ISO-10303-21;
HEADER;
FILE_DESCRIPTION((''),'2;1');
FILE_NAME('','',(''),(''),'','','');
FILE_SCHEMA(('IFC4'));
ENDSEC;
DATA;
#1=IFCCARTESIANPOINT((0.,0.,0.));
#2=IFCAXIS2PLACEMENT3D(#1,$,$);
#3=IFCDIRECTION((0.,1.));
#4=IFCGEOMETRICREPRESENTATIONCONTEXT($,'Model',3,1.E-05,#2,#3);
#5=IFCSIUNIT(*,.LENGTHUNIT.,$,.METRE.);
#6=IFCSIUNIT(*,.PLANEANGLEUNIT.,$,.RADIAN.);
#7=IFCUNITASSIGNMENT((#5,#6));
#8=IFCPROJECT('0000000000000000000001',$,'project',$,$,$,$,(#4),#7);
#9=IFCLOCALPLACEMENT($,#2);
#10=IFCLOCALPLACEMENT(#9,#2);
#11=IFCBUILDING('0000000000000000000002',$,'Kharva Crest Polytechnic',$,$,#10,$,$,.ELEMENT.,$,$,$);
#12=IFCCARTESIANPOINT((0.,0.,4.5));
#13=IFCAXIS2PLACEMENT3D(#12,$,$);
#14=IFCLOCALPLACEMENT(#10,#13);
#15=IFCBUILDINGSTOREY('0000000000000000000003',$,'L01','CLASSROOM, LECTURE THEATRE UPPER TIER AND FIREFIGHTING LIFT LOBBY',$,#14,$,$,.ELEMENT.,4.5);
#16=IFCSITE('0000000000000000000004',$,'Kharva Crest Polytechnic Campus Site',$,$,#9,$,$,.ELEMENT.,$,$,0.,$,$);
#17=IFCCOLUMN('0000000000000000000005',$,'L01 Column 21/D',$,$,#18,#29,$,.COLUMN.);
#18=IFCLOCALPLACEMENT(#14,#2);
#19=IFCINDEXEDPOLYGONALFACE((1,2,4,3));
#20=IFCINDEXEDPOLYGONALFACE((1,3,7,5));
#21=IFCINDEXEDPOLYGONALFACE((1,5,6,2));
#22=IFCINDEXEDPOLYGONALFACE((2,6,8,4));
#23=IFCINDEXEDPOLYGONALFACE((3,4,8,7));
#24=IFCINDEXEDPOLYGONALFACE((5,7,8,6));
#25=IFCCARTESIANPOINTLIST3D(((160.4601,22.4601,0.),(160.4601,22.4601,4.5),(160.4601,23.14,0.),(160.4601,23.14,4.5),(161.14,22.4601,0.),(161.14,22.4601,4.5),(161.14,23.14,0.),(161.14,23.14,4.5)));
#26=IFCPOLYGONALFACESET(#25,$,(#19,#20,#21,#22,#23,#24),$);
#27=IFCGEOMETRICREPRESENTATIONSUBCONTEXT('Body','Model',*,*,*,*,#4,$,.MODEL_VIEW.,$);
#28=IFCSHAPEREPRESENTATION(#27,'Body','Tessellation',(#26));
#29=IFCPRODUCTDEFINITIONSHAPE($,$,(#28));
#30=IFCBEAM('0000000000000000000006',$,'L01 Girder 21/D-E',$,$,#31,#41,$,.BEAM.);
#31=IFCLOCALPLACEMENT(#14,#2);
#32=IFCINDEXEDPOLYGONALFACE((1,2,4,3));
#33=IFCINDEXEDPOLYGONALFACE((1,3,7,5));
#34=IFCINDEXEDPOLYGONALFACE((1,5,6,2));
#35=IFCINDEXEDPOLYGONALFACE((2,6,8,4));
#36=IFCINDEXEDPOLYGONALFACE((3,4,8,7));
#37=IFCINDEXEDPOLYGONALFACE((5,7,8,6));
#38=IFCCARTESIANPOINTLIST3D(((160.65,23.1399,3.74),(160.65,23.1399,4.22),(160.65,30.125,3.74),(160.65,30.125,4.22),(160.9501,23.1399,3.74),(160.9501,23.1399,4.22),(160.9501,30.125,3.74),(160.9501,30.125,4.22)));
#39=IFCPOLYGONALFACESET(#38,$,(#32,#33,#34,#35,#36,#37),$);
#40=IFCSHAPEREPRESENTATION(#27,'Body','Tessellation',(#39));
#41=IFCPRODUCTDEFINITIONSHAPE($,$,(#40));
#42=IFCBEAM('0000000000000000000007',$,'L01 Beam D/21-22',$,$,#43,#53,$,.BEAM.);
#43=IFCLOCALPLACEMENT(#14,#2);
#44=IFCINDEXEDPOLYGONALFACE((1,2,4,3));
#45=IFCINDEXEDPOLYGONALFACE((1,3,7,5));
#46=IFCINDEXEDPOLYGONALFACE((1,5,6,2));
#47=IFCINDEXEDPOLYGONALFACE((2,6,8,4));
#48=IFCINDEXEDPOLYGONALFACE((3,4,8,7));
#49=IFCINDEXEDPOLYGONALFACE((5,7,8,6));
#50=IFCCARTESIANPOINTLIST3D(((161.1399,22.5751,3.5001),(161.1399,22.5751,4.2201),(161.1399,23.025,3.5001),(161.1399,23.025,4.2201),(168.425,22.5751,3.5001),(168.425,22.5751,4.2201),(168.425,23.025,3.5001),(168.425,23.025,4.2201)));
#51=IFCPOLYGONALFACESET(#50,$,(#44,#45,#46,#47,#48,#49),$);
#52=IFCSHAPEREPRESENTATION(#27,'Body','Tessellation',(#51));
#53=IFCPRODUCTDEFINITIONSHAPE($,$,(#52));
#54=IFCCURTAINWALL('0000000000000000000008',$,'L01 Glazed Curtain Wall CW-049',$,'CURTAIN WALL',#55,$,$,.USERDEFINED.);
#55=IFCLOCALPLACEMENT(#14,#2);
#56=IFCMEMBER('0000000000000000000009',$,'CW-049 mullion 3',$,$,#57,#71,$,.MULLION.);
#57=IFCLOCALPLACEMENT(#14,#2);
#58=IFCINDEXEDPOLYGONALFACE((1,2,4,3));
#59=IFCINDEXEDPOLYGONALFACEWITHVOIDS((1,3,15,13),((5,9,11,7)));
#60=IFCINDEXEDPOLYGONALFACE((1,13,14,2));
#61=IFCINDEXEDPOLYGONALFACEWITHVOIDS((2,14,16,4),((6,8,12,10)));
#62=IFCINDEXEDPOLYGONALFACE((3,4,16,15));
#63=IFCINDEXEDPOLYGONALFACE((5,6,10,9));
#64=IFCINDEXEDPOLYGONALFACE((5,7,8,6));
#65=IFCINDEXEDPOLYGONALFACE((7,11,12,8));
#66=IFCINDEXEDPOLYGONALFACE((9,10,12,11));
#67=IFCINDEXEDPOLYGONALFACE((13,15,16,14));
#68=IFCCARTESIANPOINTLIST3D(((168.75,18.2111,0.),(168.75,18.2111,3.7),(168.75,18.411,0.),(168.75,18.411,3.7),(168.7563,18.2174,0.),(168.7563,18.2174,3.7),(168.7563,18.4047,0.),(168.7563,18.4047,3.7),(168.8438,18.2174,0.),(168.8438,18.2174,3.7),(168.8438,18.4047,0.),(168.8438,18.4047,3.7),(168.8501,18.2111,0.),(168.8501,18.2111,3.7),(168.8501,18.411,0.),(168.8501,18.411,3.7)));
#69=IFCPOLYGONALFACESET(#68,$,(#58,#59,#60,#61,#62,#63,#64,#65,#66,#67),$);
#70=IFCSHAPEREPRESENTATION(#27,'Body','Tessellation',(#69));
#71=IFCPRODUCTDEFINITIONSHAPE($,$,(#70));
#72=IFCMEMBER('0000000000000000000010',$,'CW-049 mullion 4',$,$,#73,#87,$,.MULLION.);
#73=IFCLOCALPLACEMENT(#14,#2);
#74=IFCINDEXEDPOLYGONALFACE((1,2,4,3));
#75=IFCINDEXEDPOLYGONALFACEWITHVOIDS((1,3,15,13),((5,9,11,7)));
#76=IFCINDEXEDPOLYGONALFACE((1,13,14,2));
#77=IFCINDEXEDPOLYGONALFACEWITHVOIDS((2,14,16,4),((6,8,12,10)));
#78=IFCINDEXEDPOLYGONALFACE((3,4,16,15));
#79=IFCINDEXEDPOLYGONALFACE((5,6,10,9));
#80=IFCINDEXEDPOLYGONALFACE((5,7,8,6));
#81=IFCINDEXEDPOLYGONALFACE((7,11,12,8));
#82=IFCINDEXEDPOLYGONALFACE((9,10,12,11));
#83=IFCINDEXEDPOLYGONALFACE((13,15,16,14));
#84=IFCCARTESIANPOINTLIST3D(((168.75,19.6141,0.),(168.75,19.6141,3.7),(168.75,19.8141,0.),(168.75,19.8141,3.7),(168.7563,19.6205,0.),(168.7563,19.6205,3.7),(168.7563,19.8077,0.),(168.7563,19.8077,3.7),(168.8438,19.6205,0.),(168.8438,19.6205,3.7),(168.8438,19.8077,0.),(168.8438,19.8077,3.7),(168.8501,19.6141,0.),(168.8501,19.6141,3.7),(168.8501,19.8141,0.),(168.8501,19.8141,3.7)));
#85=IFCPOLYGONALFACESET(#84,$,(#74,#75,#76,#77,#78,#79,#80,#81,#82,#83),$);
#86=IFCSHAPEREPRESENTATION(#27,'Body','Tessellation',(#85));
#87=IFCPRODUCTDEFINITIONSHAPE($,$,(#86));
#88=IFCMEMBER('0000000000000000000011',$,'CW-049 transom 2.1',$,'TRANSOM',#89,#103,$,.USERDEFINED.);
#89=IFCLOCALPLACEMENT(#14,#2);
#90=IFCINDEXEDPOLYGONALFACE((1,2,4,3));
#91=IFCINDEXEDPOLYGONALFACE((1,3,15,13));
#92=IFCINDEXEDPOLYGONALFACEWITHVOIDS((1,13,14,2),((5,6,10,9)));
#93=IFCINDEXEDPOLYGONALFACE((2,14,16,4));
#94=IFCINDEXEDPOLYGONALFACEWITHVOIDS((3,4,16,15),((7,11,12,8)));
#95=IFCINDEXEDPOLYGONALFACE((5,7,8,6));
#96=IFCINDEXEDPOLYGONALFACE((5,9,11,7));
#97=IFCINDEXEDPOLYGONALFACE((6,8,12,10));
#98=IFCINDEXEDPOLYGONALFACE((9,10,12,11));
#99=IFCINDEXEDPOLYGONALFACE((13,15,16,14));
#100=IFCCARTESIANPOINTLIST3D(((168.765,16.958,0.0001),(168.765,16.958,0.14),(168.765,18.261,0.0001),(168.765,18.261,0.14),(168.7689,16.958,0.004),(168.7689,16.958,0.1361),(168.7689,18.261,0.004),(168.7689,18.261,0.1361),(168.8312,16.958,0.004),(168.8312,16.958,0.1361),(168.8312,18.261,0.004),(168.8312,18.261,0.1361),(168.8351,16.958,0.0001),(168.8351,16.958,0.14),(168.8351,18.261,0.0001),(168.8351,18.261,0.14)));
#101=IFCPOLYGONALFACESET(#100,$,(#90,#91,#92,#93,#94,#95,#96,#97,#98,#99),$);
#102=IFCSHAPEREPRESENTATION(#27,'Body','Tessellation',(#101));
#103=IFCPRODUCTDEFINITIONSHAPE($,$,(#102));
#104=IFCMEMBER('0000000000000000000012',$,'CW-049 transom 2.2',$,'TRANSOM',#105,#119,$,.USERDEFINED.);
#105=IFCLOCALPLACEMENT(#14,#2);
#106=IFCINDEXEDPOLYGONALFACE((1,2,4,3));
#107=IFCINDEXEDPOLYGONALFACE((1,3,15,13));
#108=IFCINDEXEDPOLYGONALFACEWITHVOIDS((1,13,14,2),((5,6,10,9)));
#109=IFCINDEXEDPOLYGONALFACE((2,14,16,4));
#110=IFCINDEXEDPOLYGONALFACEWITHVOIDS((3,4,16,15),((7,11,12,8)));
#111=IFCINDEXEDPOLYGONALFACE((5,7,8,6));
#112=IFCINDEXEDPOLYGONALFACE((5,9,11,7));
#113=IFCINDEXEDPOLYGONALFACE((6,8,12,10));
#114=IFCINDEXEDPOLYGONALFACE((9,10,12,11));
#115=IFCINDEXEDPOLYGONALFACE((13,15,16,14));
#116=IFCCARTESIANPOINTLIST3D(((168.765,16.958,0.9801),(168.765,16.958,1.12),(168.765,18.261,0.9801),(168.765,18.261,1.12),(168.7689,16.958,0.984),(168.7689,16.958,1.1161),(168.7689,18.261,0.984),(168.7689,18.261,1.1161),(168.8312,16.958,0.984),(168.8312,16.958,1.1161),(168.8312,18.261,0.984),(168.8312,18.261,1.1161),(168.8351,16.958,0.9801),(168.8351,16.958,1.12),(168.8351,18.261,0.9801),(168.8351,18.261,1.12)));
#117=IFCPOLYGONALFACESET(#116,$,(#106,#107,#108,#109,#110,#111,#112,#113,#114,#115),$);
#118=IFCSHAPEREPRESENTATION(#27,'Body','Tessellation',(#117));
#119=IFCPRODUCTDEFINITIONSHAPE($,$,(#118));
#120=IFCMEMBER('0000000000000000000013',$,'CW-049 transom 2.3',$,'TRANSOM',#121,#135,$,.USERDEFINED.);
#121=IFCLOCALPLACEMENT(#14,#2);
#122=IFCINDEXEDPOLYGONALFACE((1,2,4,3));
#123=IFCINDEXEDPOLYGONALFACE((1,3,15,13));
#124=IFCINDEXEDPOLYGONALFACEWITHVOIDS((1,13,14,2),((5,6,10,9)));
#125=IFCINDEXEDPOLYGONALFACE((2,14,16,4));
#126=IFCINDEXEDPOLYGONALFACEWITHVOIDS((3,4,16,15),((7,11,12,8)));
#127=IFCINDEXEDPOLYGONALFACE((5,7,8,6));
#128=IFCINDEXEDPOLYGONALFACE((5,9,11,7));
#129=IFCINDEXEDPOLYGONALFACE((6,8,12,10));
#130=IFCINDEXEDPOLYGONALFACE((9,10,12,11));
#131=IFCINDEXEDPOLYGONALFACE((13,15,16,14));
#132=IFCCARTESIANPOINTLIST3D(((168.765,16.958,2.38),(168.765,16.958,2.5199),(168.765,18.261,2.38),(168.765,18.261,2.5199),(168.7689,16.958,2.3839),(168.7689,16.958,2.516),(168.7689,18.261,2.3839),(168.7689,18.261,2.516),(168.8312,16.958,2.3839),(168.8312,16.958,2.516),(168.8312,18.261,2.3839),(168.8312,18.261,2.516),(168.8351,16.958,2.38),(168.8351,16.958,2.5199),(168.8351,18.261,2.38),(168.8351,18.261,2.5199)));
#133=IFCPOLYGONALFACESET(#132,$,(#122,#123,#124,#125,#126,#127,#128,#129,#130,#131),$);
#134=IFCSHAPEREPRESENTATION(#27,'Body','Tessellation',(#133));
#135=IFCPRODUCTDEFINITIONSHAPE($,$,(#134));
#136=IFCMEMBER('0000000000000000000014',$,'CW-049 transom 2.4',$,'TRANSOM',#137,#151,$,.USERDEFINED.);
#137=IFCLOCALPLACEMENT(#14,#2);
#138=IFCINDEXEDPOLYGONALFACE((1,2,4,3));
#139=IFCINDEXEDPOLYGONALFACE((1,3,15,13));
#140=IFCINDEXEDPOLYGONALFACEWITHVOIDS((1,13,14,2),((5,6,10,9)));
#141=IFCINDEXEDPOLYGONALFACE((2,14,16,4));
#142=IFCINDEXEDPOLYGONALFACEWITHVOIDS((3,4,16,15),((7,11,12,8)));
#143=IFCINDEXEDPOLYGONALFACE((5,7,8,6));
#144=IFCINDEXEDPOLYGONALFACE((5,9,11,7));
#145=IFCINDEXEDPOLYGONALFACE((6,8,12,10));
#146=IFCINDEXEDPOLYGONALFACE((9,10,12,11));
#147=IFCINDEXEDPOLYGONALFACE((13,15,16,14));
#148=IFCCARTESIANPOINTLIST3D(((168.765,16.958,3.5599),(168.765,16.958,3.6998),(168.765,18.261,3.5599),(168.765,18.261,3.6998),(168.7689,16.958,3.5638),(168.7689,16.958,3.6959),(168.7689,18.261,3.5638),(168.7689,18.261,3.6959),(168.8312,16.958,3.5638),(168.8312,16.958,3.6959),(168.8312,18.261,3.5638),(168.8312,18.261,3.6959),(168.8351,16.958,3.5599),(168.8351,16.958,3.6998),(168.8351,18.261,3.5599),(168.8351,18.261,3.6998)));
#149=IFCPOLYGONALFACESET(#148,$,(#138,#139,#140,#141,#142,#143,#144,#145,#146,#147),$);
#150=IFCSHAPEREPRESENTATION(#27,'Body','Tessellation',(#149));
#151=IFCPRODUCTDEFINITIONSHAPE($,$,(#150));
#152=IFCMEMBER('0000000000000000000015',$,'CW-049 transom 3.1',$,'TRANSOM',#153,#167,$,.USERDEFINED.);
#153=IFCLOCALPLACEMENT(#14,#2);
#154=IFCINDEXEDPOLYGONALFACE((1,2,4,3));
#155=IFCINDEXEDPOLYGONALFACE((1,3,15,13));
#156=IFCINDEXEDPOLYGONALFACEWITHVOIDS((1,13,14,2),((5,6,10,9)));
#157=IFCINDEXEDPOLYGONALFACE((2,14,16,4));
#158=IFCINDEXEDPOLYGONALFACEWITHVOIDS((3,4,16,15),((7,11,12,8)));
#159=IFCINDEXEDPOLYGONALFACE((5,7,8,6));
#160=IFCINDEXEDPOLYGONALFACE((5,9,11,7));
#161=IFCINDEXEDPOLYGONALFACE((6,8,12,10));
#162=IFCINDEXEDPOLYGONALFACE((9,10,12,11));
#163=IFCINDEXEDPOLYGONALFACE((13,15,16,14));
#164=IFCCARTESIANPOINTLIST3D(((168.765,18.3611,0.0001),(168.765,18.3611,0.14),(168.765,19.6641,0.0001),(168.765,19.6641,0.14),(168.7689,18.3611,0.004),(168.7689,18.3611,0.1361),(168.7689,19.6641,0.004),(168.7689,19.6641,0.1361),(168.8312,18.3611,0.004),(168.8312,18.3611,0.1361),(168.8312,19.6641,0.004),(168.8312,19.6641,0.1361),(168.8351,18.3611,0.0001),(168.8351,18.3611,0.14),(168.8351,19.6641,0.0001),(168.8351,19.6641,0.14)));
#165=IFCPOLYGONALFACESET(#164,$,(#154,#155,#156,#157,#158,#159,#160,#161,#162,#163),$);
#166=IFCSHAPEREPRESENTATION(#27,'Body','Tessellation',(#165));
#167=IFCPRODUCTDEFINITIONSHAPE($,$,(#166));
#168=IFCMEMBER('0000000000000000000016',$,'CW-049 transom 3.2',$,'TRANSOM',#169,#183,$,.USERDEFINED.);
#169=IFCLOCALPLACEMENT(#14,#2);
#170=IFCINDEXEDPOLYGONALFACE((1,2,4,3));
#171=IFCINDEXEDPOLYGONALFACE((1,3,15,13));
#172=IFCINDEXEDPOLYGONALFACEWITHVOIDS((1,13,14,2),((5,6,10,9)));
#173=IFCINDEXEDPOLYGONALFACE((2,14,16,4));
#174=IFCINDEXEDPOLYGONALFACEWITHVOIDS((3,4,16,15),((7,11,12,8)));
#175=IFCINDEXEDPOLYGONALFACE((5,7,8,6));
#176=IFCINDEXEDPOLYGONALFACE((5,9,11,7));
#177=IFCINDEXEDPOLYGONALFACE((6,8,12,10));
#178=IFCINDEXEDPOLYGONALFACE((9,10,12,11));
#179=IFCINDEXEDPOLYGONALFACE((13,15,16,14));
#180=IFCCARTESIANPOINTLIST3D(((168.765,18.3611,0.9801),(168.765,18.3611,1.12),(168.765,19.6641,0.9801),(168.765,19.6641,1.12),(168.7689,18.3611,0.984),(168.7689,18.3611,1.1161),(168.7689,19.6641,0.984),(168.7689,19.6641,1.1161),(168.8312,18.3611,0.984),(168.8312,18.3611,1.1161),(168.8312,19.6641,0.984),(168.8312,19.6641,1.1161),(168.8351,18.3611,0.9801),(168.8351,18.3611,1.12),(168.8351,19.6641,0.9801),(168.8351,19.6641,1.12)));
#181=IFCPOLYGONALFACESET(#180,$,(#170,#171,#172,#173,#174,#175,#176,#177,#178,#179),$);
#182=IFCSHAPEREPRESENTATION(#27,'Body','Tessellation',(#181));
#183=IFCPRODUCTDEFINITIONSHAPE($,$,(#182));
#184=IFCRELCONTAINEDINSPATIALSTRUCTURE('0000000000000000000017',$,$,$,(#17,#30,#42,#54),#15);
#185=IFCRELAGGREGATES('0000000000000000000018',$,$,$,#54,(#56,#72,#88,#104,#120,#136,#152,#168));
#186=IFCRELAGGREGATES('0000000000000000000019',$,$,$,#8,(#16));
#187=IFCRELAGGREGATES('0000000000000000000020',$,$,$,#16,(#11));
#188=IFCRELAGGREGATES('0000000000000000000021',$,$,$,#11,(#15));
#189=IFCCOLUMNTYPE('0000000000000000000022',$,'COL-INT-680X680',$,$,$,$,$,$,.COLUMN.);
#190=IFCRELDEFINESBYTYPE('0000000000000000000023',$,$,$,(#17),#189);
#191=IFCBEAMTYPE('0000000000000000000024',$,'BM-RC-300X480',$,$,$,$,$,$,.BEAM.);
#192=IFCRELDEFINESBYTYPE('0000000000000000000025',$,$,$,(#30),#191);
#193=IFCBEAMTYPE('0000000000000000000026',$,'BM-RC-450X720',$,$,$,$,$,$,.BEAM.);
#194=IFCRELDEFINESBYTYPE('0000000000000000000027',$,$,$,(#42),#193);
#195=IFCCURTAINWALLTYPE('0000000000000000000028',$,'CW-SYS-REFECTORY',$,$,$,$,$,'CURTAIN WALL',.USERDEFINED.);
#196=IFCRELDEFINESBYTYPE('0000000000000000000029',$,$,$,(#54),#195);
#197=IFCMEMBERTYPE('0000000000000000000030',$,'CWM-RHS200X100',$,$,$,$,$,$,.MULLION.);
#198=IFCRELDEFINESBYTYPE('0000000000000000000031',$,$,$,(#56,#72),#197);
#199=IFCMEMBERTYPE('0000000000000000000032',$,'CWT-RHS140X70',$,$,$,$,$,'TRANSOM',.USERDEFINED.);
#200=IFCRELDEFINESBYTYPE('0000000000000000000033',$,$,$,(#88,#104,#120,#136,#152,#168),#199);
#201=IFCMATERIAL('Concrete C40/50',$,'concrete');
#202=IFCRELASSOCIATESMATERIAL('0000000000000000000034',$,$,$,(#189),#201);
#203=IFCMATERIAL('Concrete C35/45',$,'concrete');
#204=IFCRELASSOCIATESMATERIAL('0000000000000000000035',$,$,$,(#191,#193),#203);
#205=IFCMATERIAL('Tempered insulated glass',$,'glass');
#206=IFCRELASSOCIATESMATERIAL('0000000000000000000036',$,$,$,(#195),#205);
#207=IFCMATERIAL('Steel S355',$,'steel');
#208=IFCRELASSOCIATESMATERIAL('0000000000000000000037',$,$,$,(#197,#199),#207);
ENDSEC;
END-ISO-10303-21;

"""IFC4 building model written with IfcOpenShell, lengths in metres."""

from ifc_helpers import new_model, si_unit, direction, frame, origin, origin_2d, place, context, subcontext, project, spatial, rectangle, hollow_rectangle, extrude, material, material_profile, profile_set, type_object, element, aggregate, save


model = new_model("IFC4")

# Units and contexts
model_context = context("Model", 3, precision=1e-05, world=origin(), true_north=direction((0.0, 1.0)))
body_context = subcontext(model_context, "Body", "Model", "MODEL_VIEW")
ifc_project = project(units=[si_unit("LENGTHUNIT", "METRE"), si_unit("PLANEANGLEUNIT", "RADIAN")], contexts=[model_context])

# Site, building, storey
site_placement = place(None, origin())
site = spatial("IfcSite", under=ifc_project, at=site_placement, Name="Kharva Crest Polytechnic Campus Site", CompositionType="ELEMENT", RefElevation=0.0)
building_placement = place(site_placement, origin())
building = spatial("IfcBuilding", under=site, at=building_placement, Name="Kharva Crest Polytechnic", CompositionType="ELEMENT")
storey_placement = place(building_placement, frame((0.0, 0.0, 4.5)))
storey = spatial("IfcBuildingStorey", under=building, at=storey_placement, Name="L01", Description="CLASSROOM, LECTURE THEATRE UPPER TIER AND FIREFIGHTING LIFT LOBBY", CompositionType="ELEMENT", Elevation=4.5)

# Column
ifc_material_1 = material(Name="Concrete C40/50", Category="concrete")
ifc_material_profile_1 = material_profile(ifc_material_1, rectangle(XDim=0.6799, YDim=0.6799, at=origin_2d()), Name="RECT 680 X 680")
ifc_profile_set_1 = profile_set([ifc_material_profile_1], Name="Concrete C40/50")
column_type = type_object("IfcColumnType", Name="COL-INT-680X680", PredefinedType="COLUMN", material=ifc_profile_set_1)
column_placement = place(storey_placement, frame((160.8, 22.8, 0.0), z_axis=(0.0, 0.0, 1.0), x_axis=(1.0, 0.0, 0.0)))
element("IfcColumn", 1, at=column_placement, inside=storey, type_object=column_type, Name="L01 Column 21/D", PredefinedType="COLUMN", context=body_context, shape_type="SweptSolid", body=[
    extrude(rectangle(XDim=0.6799, YDim=0.6799, at=origin_2d()), origin(), (0.0, 0.0, 1.0), 4.5),
])

# Beams
ifc_material_2 = material(Name="Concrete C35/45", Category="concrete")
ifc_material_profile_2 = material_profile(ifc_material_2, rectangle(XDim=0.3, YDim=0.48, at=origin_2d()), Name="RECT 300 X 480")
ifc_profile_set_2 = profile_set([ifc_material_profile_2], Name="Concrete C35/45")
beam_type_1 = type_object("IfcBeamType", Name="BM-RC-300X480", PredefinedType="BEAM", material=ifc_profile_set_2)
beam_1_placement = place(storey_placement, frame((160.8, 23.1399, 3.98), z_axis=(0.0, 1.0, 0.0), x_axis=(-1.0, 0.0, 0.0)))
element("IfcBeam", 2, at=beam_1_placement, inside=storey, type_object=beam_type_1, Name="L01 Girder 21/D-E", PredefinedType="BEAM", context=body_context, shape_type="SweptSolid", body=[
    extrude(rectangle(XDim=0.3, YDim=0.48, at=origin_2d()), origin(), (0.0, 0.0, 1.0), 6.9851),
])
ifc_material_profile_3 = material_profile(ifc_material_2, rectangle(XDim=0.45, YDim=0.72, at=origin_2d()), Name="RECT 450 X 720")
ifc_profile_set_3 = profile_set([ifc_material_profile_3], Name="Concrete C35/45")
beam_type_2 = type_object("IfcBeamType", Name="BM-RC-450X720", PredefinedType="BEAM", material=ifc_profile_set_3)
beam_2_placement = place(storey_placement, frame((161.1399, 22.8, 3.8601), z_axis=(1.0, 0.0, 0.0), x_axis=(0.0, 1.0, 0.0)))
element("IfcBeam", 3, at=beam_2_placement, inside=storey, type_object=beam_type_2, Name="L01 Beam D/21-22", PredefinedType="BEAM", context=body_context, shape_type="SweptSolid", body=[
    extrude(rectangle(XDim=0.45, YDim=0.72, at=origin_2d()), origin(), (0.0, 0.0, 1.0), 7.2852),
])

# Curtain wall, members
ifc_material_3 = material(Name="Tempered insulated glass", Category="glass")
curtain_wall_type = type_object("IfcCurtainWallType", Name="CW-SYS-REFECTORY", ElementType="CURTAIN WALL", PredefinedType="USERDEFINED", material=ifc_material_3)
curtain_wall_placement = place(storey_placement, origin())
curtain_wall = element("IfcCurtainWall", 4, at=curtain_wall_placement, inside=storey, type_object=curtain_wall_type, Name="L01 Glazed Curtain Wall CW-049", ObjectType="CURTAIN WALL", PredefinedType="USERDEFINED")
ifc_material_4 = material(Name="Steel S355", Category="steel")
ifc_material_profile_4 = material_profile(ifc_material_4, hollow_rectangle(XDim=0.1001, YDim=0.2, WallThickness=0.0063, at=origin_2d()), Name="RHS 200X100X6.3")
ifc_profile_set_4 = profile_set([ifc_material_profile_4], Name="Steel S355")
member_type_1 = type_object("IfcMemberType", Name="CWM-RHS200X100", PredefinedType="MULLION", material=ifc_profile_set_4)
member_1_placement = place(storey_placement, frame((168.8, 18.311, 0.0), z_axis=(0.0, 0.0, 1.0), x_axis=(-1.0, 0.0, 0.0)))
member_1 = element("IfcMember", 5, at=member_1_placement, type_object=member_type_1, Name="CW-049 mullion 3", PredefinedType="MULLION", context=body_context, shape_type="SweptSolid", body=[
    extrude(hollow_rectangle(XDim=0.1001, YDim=0.2, WallThickness=0.0063, at=origin_2d()), origin(), (0.0, 0.0, 1.0), 3.7),
])
member_2_placement = place(storey_placement, frame((168.8, 19.7141, 0.0), z_axis=(0.0, 0.0, 1.0), x_axis=(-1.0, 0.0, 0.0)))
member_2 = element("IfcMember", 6, at=member_2_placement, type_object=member_type_1, Name="CW-049 mullion 4", PredefinedType="MULLION", context=body_context, shape_type="SweptSolid", body=[
    extrude(hollow_rectangle(XDim=0.1001, YDim=0.2, WallThickness=0.0063, at=origin_2d()), origin(), (0.0, 0.0, 1.0), 3.7),
])
ifc_material_profile_5 = material_profile(ifc_material_4, hollow_rectangle(XDim=0.0701, YDim=0.1399, WallThickness=0.0039, at=origin_2d()), Name="RHS 140X70X4.0")
ifc_profile_set_5 = profile_set([ifc_material_profile_5], Name="Steel S355")
member_type_2 = type_object("IfcMemberType", Name="CWT-RHS140X70", ElementType="TRANSOM", PredefinedType="USERDEFINED", material=ifc_profile_set_5)
member_3_placement = place(storey_placement, frame((168.8, 16.958, 0.0701), z_axis=(0.0, 1.0, 0.0), x_axis=(-1.0, 0.0, 0.0)))
member_3 = element("IfcMember", 7, at=member_3_placement, type_object=member_type_2, Name="CW-049 transom 2.1", ObjectType="TRANSOM", PredefinedType="USERDEFINED", context=body_context, shape_type="SweptSolid", body=[
    extrude(hollow_rectangle(XDim=0.0701, YDim=0.1399, WallThickness=0.0039, at=origin_2d()), origin(), (0.0, 0.0, 1.0), 1.303),
])
member_4_placement = place(storey_placement, frame((168.8, 16.958, 1.05), z_axis=(0.0, 1.0, 0.0), x_axis=(-1.0, 0.0, 0.0)))
member_4 = element("IfcMember", 8, at=member_4_placement, type_object=member_type_2, Name="CW-049 transom 2.2", ObjectType="TRANSOM", PredefinedType="USERDEFINED", context=body_context, shape_type="SweptSolid", body=[
    extrude(hollow_rectangle(XDim=0.0701, YDim=0.1399, WallThickness=0.0039, at=origin_2d()), origin(), (0.0, 0.0, 1.0), 1.303),
])
member_5_placement = place(storey_placement, frame((168.8, 16.958, 2.45), z_axis=(0.0, 1.0, 0.0), x_axis=(-1.0, 0.0, 0.0)))
member_5 = element("IfcMember", 9, at=member_5_placement, type_object=member_type_2, Name="CW-049 transom 2.3", ObjectType="TRANSOM", PredefinedType="USERDEFINED", context=body_context, shape_type="SweptSolid", body=[
    extrude(hollow_rectangle(XDim=0.0701, YDim=0.1399, WallThickness=0.0039, at=origin_2d()), origin(), (0.0, 0.0, 1.0), 1.303),
])
member_6_placement = place(storey_placement, frame((168.8, 16.958, 3.6299), z_axis=(0.0, 1.0, 0.0), x_axis=(-1.0, 0.0, 0.0)))
member_6 = element("IfcMember", 10, at=member_6_placement, type_object=member_type_2, Name="CW-049 transom 2.4", ObjectType="TRANSOM", PredefinedType="USERDEFINED", context=body_context, shape_type="SweptSolid", body=[
    extrude(hollow_rectangle(XDim=0.0701, YDim=0.1399, WallThickness=0.0039, at=origin_2d()), origin(), (0.0, 0.0, 1.0), 1.303),
])
member_7_placement = place(storey_placement, frame((168.8, 18.3611, 0.0701), z_axis=(0.0, 1.0, 0.0), x_axis=(-1.0, 0.0, 0.0)))
member_7 = element("IfcMember", 11, at=member_7_placement, type_object=member_type_2, Name="CW-049 transom 3.1", ObjectType="TRANSOM", PredefinedType="USERDEFINED", context=body_context, shape_type="SweptSolid", body=[
    extrude(hollow_rectangle(XDim=0.0701, YDim=0.1399, WallThickness=0.0039, at=origin_2d()), origin(), (0.0, 0.0, 1.0), 1.303),
])
member_8_placement = place(storey_placement, frame((168.8, 18.3611, 1.05), z_axis=(0.0, 1.0, 0.0), x_axis=(-1.0, 0.0, 0.0)))
member_8 = element("IfcMember", 12, at=member_8_placement, type_object=member_type_2, Name="CW-049 transom 3.2", ObjectType="TRANSOM", PredefinedType="USERDEFINED", context=body_context, shape_type="SweptSolid", body=[
    extrude(hollow_rectangle(XDim=0.0701, YDim=0.1399, WallThickness=0.0039, at=origin_2d()), origin(), (0.0, 0.0, 1.0), 1.303),
])
aggregate(curtain_wall, [member_1, member_2, member_3, member_4, member_5, member_6, member_7, member_8])

save(model, "model.ifc")
